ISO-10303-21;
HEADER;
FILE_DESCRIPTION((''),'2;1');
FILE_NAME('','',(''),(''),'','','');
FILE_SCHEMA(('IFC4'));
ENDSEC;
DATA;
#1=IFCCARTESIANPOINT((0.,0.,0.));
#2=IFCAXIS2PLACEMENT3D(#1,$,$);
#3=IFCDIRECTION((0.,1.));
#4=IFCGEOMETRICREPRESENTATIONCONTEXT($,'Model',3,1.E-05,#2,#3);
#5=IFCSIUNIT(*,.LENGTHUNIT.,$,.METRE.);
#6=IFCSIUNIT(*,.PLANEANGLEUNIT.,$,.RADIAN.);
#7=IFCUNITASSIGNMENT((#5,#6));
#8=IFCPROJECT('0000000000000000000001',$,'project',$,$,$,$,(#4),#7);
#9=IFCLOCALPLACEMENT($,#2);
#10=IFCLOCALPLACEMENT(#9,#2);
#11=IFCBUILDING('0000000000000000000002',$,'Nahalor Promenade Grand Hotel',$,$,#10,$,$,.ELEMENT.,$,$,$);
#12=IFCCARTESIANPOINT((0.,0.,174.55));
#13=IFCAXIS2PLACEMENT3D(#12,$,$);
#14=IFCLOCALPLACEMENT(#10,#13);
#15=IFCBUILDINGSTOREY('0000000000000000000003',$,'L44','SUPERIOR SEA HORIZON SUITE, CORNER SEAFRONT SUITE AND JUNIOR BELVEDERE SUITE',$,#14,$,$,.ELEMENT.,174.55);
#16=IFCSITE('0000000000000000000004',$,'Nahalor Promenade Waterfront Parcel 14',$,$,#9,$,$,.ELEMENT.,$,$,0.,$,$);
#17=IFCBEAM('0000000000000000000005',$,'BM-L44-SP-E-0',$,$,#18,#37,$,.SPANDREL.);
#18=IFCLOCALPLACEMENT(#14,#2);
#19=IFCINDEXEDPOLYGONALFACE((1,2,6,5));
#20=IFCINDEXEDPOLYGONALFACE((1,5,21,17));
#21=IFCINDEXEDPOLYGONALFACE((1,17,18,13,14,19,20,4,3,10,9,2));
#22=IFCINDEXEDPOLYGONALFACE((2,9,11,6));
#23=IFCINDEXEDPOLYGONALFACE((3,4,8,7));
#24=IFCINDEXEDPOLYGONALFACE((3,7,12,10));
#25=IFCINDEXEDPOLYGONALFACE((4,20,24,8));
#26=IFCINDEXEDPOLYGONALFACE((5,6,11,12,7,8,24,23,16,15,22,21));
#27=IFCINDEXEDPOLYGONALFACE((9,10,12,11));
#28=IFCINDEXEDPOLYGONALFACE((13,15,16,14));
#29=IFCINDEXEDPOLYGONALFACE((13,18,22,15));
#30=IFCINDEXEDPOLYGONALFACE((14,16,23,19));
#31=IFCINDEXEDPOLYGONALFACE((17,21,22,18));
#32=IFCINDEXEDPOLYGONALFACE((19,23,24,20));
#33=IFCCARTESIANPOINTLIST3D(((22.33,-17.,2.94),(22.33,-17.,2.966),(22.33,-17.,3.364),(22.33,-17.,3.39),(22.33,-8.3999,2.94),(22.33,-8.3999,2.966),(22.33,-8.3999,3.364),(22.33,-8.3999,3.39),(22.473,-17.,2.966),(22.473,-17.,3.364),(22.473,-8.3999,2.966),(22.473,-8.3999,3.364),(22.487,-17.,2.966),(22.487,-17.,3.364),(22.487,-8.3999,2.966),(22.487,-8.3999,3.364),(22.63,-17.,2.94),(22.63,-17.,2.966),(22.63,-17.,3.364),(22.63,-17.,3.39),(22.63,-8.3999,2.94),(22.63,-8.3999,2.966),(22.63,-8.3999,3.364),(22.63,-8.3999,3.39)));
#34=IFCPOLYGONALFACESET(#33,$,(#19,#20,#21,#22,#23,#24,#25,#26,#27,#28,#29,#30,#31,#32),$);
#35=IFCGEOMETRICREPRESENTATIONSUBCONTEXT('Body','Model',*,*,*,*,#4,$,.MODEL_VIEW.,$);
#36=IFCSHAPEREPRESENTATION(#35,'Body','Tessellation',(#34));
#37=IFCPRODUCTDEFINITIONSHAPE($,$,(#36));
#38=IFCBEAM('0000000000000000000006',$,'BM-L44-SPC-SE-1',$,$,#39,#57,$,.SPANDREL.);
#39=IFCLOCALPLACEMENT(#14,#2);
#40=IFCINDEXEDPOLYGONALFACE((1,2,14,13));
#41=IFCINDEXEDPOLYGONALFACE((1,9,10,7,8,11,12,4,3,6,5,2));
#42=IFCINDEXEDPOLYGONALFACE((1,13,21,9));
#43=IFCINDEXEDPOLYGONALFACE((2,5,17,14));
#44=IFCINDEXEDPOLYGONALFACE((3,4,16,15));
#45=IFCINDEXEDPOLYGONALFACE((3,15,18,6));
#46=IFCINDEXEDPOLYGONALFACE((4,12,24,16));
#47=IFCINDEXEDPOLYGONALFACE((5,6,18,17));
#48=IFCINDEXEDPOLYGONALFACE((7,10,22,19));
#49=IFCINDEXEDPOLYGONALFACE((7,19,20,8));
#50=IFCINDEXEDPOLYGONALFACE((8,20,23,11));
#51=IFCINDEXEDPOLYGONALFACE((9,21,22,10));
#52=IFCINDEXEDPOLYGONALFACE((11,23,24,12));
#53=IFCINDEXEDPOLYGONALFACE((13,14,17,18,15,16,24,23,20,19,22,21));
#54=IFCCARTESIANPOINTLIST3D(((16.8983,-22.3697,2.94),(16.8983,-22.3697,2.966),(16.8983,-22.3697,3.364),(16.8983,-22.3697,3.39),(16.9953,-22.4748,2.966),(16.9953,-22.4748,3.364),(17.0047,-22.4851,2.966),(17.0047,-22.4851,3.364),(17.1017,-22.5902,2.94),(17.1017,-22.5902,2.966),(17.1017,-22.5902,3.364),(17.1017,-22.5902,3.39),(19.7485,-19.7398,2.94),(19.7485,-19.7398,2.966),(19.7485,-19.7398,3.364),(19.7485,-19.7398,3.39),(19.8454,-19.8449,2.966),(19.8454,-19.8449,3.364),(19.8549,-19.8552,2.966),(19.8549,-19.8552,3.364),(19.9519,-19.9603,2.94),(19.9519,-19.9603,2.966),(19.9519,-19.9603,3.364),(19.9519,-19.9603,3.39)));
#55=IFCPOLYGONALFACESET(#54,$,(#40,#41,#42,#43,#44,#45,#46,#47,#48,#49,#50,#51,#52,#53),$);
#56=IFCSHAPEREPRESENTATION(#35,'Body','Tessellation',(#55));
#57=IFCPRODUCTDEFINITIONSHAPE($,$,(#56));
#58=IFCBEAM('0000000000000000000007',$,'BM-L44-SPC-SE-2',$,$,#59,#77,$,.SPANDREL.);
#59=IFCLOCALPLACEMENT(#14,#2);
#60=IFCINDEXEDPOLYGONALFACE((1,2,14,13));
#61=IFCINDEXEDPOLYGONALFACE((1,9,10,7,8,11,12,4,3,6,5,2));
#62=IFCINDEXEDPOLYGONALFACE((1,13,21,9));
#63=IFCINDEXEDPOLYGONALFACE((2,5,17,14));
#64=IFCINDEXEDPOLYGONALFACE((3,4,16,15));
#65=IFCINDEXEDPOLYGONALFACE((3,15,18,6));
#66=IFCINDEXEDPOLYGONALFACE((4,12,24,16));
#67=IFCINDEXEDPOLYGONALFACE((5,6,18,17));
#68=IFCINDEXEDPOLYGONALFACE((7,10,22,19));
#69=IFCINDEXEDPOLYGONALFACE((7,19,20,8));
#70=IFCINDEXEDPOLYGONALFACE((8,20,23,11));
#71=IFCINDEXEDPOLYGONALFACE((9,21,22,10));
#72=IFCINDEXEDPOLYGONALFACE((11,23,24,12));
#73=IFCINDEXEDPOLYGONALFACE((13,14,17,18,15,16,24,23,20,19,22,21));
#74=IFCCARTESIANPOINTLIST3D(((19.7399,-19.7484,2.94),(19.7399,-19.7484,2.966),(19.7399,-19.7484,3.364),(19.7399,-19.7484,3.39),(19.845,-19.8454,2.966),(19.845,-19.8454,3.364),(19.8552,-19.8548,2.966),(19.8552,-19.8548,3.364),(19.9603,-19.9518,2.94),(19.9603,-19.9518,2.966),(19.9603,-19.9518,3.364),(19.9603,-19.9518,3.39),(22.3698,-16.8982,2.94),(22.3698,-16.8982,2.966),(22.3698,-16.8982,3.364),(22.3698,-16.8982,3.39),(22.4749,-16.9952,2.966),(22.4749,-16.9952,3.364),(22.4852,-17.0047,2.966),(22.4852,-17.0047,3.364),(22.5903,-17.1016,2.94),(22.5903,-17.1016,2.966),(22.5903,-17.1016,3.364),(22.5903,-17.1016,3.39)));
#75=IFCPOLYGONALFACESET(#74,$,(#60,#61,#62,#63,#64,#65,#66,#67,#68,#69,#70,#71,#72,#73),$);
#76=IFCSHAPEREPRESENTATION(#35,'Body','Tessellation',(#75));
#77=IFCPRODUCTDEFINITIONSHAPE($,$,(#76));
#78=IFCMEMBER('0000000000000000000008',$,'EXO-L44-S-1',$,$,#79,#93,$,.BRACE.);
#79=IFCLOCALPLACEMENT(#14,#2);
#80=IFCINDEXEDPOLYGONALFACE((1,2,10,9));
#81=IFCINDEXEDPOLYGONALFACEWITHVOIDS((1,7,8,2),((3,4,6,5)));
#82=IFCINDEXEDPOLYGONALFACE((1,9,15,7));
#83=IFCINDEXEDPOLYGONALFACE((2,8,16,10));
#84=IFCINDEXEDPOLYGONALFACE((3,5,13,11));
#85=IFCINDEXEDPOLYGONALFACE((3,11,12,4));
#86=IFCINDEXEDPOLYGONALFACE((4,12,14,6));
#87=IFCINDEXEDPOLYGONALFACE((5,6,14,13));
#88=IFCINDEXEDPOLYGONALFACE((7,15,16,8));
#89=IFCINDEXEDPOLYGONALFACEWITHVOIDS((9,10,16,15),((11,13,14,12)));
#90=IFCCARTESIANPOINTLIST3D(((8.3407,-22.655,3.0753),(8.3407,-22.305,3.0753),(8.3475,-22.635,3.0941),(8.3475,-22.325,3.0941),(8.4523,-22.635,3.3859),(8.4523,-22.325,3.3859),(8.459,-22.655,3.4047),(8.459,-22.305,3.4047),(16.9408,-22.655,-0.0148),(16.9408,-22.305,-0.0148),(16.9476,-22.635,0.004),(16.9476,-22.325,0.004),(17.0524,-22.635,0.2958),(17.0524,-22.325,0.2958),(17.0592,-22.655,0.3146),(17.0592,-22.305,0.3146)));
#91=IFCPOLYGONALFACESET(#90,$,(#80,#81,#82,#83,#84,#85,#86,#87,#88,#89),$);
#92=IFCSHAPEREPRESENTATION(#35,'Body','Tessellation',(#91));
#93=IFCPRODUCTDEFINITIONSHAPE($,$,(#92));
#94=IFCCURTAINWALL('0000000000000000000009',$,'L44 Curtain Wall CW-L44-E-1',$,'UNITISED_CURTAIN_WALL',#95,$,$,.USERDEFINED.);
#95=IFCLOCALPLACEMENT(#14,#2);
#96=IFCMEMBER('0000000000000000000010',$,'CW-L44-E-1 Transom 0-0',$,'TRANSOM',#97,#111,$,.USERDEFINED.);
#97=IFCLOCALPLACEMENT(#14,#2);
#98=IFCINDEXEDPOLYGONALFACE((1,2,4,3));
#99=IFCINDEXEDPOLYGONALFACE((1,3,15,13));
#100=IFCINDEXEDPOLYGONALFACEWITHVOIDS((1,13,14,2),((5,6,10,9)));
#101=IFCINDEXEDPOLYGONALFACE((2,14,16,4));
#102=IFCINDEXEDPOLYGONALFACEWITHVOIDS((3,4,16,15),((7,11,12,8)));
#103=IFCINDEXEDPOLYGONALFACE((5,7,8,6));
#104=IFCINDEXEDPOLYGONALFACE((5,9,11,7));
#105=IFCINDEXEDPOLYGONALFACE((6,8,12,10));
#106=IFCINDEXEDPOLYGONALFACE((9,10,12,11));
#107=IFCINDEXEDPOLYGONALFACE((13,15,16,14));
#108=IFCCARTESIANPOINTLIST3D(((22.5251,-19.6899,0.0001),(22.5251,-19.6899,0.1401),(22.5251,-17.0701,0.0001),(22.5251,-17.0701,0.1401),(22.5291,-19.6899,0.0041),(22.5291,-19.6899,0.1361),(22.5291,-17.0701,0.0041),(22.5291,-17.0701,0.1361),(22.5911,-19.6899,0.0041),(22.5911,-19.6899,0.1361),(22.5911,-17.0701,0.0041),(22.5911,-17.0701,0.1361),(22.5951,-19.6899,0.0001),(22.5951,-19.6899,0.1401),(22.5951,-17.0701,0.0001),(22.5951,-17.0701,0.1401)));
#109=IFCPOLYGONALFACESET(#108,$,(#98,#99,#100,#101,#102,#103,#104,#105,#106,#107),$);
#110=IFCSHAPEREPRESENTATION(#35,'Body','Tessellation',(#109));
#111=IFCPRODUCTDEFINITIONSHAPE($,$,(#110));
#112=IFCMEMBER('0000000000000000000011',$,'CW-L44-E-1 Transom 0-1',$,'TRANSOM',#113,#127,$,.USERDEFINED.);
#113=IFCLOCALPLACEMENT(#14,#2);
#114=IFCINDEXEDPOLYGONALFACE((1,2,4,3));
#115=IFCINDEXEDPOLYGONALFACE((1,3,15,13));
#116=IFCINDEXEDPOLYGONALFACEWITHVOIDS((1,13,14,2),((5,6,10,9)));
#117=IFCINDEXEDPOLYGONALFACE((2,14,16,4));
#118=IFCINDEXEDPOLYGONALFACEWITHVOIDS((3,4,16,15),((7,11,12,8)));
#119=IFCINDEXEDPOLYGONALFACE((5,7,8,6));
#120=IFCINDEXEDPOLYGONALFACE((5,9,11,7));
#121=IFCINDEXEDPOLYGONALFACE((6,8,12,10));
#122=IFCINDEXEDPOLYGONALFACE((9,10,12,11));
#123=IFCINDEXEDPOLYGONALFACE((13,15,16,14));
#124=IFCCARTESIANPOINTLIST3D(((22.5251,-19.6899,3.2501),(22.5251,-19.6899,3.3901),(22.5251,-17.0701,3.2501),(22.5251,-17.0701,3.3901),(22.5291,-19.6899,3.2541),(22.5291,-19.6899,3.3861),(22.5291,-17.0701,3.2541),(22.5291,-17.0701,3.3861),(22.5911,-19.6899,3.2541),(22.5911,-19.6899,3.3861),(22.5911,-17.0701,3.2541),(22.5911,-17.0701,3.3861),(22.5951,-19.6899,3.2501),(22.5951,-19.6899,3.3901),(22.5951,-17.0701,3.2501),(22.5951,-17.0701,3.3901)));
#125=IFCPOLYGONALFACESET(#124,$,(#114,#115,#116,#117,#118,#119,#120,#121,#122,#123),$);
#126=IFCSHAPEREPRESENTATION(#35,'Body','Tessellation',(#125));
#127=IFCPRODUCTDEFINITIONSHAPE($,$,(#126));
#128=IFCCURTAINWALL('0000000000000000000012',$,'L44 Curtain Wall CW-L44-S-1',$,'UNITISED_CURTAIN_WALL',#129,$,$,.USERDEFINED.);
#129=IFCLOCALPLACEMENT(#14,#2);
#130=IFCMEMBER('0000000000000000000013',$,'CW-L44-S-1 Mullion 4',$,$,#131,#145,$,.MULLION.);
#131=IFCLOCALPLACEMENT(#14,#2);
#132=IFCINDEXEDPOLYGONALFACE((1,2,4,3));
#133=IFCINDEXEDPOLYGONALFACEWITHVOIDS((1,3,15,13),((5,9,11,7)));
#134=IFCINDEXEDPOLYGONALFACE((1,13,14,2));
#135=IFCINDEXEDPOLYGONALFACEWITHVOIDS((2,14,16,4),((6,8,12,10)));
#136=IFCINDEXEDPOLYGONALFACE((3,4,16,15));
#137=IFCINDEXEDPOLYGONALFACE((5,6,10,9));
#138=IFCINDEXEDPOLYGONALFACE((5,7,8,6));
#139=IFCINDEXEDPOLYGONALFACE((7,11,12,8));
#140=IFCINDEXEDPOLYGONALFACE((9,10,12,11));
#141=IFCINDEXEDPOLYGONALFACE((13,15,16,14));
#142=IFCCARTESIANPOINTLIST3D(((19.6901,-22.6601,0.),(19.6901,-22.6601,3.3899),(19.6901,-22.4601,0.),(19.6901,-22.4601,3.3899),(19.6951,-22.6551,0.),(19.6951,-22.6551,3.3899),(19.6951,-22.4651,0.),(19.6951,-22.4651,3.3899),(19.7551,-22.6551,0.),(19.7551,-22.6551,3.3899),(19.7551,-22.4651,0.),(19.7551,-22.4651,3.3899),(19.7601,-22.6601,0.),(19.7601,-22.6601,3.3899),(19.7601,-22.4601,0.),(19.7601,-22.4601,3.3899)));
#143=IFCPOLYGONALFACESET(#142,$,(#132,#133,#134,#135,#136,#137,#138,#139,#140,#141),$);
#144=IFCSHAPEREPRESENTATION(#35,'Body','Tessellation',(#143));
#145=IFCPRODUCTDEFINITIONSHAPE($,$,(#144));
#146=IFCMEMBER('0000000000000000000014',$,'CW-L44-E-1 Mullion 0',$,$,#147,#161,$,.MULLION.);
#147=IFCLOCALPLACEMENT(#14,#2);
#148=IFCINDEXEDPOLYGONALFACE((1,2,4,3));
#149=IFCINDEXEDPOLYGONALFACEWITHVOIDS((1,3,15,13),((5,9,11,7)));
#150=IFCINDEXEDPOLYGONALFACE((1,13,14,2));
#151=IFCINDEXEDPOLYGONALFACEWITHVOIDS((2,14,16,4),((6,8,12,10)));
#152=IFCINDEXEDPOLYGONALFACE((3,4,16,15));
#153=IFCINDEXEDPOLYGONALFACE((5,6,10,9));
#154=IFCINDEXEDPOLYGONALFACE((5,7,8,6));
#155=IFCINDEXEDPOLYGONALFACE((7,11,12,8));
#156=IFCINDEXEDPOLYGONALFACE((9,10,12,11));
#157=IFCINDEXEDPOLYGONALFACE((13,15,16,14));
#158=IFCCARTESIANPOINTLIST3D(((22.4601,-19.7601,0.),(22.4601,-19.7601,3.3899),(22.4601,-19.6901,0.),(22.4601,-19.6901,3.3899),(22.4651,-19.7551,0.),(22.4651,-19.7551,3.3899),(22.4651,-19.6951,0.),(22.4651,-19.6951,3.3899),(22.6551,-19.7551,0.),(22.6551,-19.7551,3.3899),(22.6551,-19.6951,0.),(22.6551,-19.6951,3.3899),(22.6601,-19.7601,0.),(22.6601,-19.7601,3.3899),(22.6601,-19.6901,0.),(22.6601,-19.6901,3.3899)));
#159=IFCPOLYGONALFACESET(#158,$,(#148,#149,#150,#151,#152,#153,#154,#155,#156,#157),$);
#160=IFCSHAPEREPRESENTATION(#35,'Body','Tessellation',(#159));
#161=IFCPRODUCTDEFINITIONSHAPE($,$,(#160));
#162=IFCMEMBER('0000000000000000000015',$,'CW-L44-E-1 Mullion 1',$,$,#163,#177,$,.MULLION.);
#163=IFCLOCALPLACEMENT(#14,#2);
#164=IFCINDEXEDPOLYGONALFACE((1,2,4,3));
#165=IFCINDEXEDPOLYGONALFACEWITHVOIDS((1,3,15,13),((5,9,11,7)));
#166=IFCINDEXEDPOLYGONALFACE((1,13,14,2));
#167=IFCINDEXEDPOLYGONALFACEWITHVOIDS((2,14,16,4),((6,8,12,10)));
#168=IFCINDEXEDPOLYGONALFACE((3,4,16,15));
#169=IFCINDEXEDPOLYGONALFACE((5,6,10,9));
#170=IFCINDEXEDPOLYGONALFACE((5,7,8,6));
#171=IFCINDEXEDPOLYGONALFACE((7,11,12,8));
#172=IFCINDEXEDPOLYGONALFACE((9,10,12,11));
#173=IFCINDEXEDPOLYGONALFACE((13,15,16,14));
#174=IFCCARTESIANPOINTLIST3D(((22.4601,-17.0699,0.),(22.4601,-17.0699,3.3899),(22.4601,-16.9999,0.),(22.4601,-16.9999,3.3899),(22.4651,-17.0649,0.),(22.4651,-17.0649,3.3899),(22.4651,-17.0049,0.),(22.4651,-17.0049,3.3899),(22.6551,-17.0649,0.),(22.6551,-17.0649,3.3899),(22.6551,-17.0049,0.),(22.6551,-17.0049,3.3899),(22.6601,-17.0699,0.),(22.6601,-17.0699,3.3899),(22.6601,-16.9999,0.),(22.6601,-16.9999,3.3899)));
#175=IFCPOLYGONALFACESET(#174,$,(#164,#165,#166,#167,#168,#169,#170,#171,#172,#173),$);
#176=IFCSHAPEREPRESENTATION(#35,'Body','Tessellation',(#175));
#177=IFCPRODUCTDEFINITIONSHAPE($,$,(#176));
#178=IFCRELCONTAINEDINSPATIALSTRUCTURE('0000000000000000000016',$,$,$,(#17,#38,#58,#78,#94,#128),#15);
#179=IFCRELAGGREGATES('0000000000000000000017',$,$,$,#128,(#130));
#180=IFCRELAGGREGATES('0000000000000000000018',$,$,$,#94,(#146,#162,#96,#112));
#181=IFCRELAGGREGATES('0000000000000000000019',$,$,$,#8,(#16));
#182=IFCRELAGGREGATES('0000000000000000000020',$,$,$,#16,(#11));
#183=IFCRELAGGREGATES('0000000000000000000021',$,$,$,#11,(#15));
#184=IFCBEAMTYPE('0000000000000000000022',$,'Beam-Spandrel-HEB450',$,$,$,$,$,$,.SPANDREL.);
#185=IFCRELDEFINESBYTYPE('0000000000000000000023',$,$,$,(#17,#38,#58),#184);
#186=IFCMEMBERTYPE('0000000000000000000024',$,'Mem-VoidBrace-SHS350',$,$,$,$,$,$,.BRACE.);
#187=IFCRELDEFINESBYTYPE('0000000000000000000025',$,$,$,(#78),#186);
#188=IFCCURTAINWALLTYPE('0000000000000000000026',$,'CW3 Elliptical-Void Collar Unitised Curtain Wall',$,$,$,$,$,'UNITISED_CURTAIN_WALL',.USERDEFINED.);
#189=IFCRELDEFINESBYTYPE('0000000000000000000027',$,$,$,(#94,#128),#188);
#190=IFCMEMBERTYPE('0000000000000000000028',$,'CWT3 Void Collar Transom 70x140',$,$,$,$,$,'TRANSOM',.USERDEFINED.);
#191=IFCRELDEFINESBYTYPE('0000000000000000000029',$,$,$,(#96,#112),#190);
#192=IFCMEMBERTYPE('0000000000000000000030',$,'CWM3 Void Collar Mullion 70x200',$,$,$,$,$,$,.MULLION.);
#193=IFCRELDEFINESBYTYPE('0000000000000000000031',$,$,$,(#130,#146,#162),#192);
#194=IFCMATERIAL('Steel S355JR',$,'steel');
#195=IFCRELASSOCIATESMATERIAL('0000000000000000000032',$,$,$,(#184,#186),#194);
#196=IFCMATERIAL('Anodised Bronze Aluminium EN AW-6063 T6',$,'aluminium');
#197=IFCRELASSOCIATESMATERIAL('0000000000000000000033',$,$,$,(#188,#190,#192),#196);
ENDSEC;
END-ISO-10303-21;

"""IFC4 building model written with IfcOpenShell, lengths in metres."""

from ifc_helpers import new_model, si_unit, direction, frame, origin, origin_2d, place, context, subcontext, project, spatial, hollow_rectangle, i_section, extrude, source, transform, mapped, material, material_profile, profile_set, type_object, element, aggregate, save


model = new_model("IFC4")

# Units and contexts
model_context = context("Model", 3, precision=1e-05, world=origin(), true_north=direction((0.0, 1.0)))
body_context = subcontext(model_context, "Body", "Model", "MODEL_VIEW")
ifc_project = project(units=[si_unit("LENGTHUNIT", "METRE"), si_unit("PLANEANGLEUNIT", "RADIAN")], contexts=[model_context])

# Site, building, storey
site_placement = place(None, origin())
site = spatial("IfcSite", under=ifc_project, at=site_placement, Name="Nahalor Promenade Waterfront Parcel 14", CompositionType="ELEMENT", RefElevation=0.0)
building_placement = place(site_placement, origin())
building = spatial("IfcBuilding", under=site, at=building_placement, Name="Nahalor Promenade Grand Hotel", CompositionType="ELEMENT")
storey_placement = place(building_placement, frame((0.0, 0.0, 174.55)))
storey = spatial("IfcBuildingStorey", under=building, at=storey_placement, Name="L44", Description="SUPERIOR SEA HORIZON SUITE, CORNER SEAFRONT SUITE AND JUNIOR BELVEDERE SUITE", CompositionType="ELEMENT", Elevation=174.55)

# Beams
ifc_material_1 = material(Name="Steel S355JR", Category="steel")
ifc_material_profile_1 = material_profile(ifc_material_1, i_section(OverallWidth=0.3, OverallDepth=0.45, WebThickness=0.014, FlangeThickness=0.026, at=origin_2d()), Name="HEB 450")
ifc_profile_set_1 = profile_set([ifc_material_profile_1], Name="Steel S355JR")
beam_type_1 = type_object("IfcBeamType", Name="Beam-Spandrel-HEB450", PredefinedType="SPANDREL", material=ifc_profile_set_1)
shared_shape_1 = source(origin(), body_context, "Body", "SweptSolid", [
    extrude(i_section(OverallWidth=0.3, OverallDepth=0.45, WebThickness=0.014, FlangeThickness=0.026, at=origin_2d()), origin(), (0.0, 0.0, 1.0), 8.6001),
])
beam_1_placement = place(storey_placement, frame((22.48, -17.0, 3.165), z_axis=(0.0, 1.0, 0.0), x_axis=(-1.0, 0.0, 0.0)))
element("IfcBeam", 1, at=beam_1_placement, inside=storey, type_object=beam_type_1, Name="BM-L44-SP-E-0", PredefinedType="SPANDREL", context=body_context, shape_type="MappedRepresentation", body=[
    mapped(shared_shape_1, transform((0.0, 0.0, 0.0), scale=1.0)),
])
shared_shape_2 = source(origin(), body_context, "Body", "SweptSolid", [
    extrude(i_section(OverallWidth=0.3, OverallDepth=0.45, WebThickness=0.014, FlangeThickness=0.026, at=origin_2d()), origin(), (0.0, 0.0, 1.0), 3.8782),
])
for number, where, z_axis, x_axis, name in (
    (2, (17.0, -22.48, 3.165), (0.734929, 0.678144, 0.0), (-0.678144, 0.734929, 0.0), "BM-L44-SPC-SE-1"),
    (3, (19.8501, -19.8501, 3.165), (0.678144, 0.734929, 0.0), (-0.734929, 0.678144, 0.0), "BM-L44-SPC-SE-2"),
):
    element("IfcBeam", number, at=place(storey_placement, frame(where, z_axis=z_axis, x_axis=x_axis)), inside=storey, type_object=beam_type_1, Name=name, PredefinedType="SPANDREL", context=body_context, shape_type="MappedRepresentation", body=[
        mapped(shared_shape_2, transform((0.0, 0.0, 0.0), scale=1.0)),
    ])

# Member
ifc_material_profile_2 = material_profile(ifc_material_1, hollow_rectangle(XDim=0.35, YDim=0.35, WallThickness=0.02, at=origin_2d()), Name="SHS 350x350x20")
ifc_profile_set_2 = profile_set([ifc_material_profile_2], Name="Steel S355JR")
member_type_1 = type_object("IfcMemberType", Name="Mem-VoidBrace-SHS350", PredefinedType="BRACE", material=ifc_profile_set_2)
shared_shape_3 = source(origin(), body_context, "Body", "SweptSolid", [
    extrude(hollow_rectangle(XDim=0.35, YDim=0.35, WallThickness=0.02, at=origin_2d()), origin(), (0.0, 0.0, 1.0), 9.1384),
])
member_1_placement = place(storey_placement, frame((17.0, -22.48, 0.1499), z_axis=(-0.941095, 0.0, 0.338143), x_axis=(0.0, -1.0, 0.0)))
element("IfcMember", 4, at=member_1_placement, inside=storey, type_object=member_type_1, Name="EXO-L44-S-1", PredefinedType="BRACE", context=body_context, shape_type="MappedRepresentation", body=[
    mapped(shared_shape_3, transform((0.0, 0.0, 0.0), scale=1.0)),
])

# Curtain wall, members
ifc_material_2 = material(Name="Anodised Bronze Aluminium EN AW-6063 T6", Category="aluminium")
curtain_wall_type = type_object("IfcCurtainWallType", Name="CW3 Elliptical-Void Collar Unitised Curtain Wall", ElementType="UNITISED_CURTAIN_WALL", PredefinedType="USERDEFINED", material=ifc_material_2)
curtain_wall_1_placement = place(storey_placement, origin())
curtain_wall_1 = element("IfcCurtainWall", 5, at=curtain_wall_1_placement, inside=storey, type_object=curtain_wall_type, Name="L44 Curtain Wall CW-L44-E-1", ObjectType="UNITISED_CURTAIN_WALL", PredefinedType="USERDEFINED")
ifc_material_profile_3 = material_profile(ifc_material_2, hollow_rectangle(XDim=0.07, YDim=0.14, WallThickness=0.004, at=origin_2d()), Name="CWT 70x140x4")
ifc_profile_set_3 = profile_set([ifc_material_profile_3], Name="Anodised Bronze Aluminium EN AW-6063 T6")
member_type_2 = type_object("IfcMemberType", Name="CWT3 Void Collar Transom 70x140", ElementType="TRANSOM", PredefinedType="USERDEFINED", material=ifc_profile_set_3)
shared_shape_4 = source(origin(), body_context, "Body", "SweptSolid", [
    extrude(hollow_rectangle(XDim=0.07, YDim=0.14, WallThickness=0.004, at=origin_2d()), origin(), (0.0, 0.0, 1.0), 2.6199),
])
member_2_placement = place(storey_placement, frame((22.5601, -19.6899, 0.0701), z_axis=(0.0, 1.0, 0.0), x_axis=(-1.0, 0.0, 0.0)))
member_2 = element("IfcMember", 6, at=member_2_placement, type_object=member_type_2, Name="CW-L44-E-1 Transom 0-0", ObjectType="TRANSOM", PredefinedType="USERDEFINED", context=body_context, shape_type="MappedRepresentation", body=[
    mapped(shared_shape_4, transform((0.0, 0.0, 0.0), scale=1.0)),
])
member_3_placement = place(storey_placement, frame((22.5601, -19.6899, 3.3201), z_axis=(0.0, 1.0, 0.0), x_axis=(-1.0, 0.0, 0.0)))
member_3 = element("IfcMember", 7, at=member_3_placement, type_object=member_type_2, Name="CW-L44-E-1 Transom 0-1", ObjectType="TRANSOM", PredefinedType="USERDEFINED", context=body_context, shape_type="MappedRepresentation", body=[
    mapped(shared_shape_4, transform((0.0, 0.0, 0.0), scale=1.0)),
])

# Curtain wall, member
curtain_wall_2_placement = place(storey_placement, origin())
curtain_wall_2 = element("IfcCurtainWall", 8, at=curtain_wall_2_placement, inside=storey, type_object=curtain_wall_type, Name="L44 Curtain Wall CW-L44-S-1", ObjectType="UNITISED_CURTAIN_WALL", PredefinedType="USERDEFINED")
ifc_material_profile_4 = material_profile(ifc_material_2, hollow_rectangle(XDim=0.07, YDim=0.2, WallThickness=0.005, at=origin_2d()), Name="CWM 70x200x5")
ifc_profile_set_4 = profile_set([ifc_material_profile_4], Name="Anodised Bronze Aluminium EN AW-6063 T6")
member_type_3 = type_object("IfcMemberType", Name="CWM3 Void Collar Mullion 70x200", PredefinedType="MULLION", material=ifc_profile_set_4)
shared_shape_5 = source(origin(), body_context, "Body", "SweptSolid", [
    extrude(hollow_rectangle(XDim=0.07, YDim=0.2, WallThickness=0.005, at=origin_2d()), origin(), (0.0, 0.0, 1.0), 3.3899),
])
member_4_placement = place(storey_placement, frame((19.7251, -22.5601, 0.0), z_axis=(0.0, 0.0, 1.0), x_axis=(1.0, 0.0, 0.0)))
member_4 = element("IfcMember", 9, at=member_4_placement, type_object=member_type_3, Name="CW-L44-S-1 Mullion 4", PredefinedType="MULLION", context=body_context, shape_type="MappedRepresentation", body=[
    mapped(shared_shape_5, transform((0.0, 0.0, 0.0), scale=1.0)),
])

# Members
member_5_placement = place(storey_placement, frame((22.5601, -19.7251, 0.0), z_axis=(0.0, 0.0, 1.0), x_axis=(0.0, 1.0, 0.0)))
member_5 = element("IfcMember", 10, at=member_5_placement, type_object=member_type_3, Name="CW-L44-E-1 Mullion 0", PredefinedType="MULLION", context=body_context, shape_type="MappedRepresentation", body=[
    mapped(shared_shape_5, transform((0.0, 0.0, 0.0), scale=1.0)),
])
member_6_placement = place(storey_placement, frame((22.5601, -17.0349, 0.0), z_axis=(0.0, 0.0, 1.0), x_axis=(0.0, 1.0, 0.0)))
member_6 = element("IfcMember", 11, at=member_6_placement, type_object=member_type_3, Name="CW-L44-E-1 Mullion 1", PredefinedType="MULLION", context=body_context, shape_type="MappedRepresentation", body=[
    mapped(shared_shape_5, transform((0.0, 0.0, 0.0), scale=1.0)),
])

aggregate(curtain_wall_2, [member_4])
aggregate(curtain_wall_1, [member_5, member_6, member_2, member_3])

save(model, "model.ifc")
